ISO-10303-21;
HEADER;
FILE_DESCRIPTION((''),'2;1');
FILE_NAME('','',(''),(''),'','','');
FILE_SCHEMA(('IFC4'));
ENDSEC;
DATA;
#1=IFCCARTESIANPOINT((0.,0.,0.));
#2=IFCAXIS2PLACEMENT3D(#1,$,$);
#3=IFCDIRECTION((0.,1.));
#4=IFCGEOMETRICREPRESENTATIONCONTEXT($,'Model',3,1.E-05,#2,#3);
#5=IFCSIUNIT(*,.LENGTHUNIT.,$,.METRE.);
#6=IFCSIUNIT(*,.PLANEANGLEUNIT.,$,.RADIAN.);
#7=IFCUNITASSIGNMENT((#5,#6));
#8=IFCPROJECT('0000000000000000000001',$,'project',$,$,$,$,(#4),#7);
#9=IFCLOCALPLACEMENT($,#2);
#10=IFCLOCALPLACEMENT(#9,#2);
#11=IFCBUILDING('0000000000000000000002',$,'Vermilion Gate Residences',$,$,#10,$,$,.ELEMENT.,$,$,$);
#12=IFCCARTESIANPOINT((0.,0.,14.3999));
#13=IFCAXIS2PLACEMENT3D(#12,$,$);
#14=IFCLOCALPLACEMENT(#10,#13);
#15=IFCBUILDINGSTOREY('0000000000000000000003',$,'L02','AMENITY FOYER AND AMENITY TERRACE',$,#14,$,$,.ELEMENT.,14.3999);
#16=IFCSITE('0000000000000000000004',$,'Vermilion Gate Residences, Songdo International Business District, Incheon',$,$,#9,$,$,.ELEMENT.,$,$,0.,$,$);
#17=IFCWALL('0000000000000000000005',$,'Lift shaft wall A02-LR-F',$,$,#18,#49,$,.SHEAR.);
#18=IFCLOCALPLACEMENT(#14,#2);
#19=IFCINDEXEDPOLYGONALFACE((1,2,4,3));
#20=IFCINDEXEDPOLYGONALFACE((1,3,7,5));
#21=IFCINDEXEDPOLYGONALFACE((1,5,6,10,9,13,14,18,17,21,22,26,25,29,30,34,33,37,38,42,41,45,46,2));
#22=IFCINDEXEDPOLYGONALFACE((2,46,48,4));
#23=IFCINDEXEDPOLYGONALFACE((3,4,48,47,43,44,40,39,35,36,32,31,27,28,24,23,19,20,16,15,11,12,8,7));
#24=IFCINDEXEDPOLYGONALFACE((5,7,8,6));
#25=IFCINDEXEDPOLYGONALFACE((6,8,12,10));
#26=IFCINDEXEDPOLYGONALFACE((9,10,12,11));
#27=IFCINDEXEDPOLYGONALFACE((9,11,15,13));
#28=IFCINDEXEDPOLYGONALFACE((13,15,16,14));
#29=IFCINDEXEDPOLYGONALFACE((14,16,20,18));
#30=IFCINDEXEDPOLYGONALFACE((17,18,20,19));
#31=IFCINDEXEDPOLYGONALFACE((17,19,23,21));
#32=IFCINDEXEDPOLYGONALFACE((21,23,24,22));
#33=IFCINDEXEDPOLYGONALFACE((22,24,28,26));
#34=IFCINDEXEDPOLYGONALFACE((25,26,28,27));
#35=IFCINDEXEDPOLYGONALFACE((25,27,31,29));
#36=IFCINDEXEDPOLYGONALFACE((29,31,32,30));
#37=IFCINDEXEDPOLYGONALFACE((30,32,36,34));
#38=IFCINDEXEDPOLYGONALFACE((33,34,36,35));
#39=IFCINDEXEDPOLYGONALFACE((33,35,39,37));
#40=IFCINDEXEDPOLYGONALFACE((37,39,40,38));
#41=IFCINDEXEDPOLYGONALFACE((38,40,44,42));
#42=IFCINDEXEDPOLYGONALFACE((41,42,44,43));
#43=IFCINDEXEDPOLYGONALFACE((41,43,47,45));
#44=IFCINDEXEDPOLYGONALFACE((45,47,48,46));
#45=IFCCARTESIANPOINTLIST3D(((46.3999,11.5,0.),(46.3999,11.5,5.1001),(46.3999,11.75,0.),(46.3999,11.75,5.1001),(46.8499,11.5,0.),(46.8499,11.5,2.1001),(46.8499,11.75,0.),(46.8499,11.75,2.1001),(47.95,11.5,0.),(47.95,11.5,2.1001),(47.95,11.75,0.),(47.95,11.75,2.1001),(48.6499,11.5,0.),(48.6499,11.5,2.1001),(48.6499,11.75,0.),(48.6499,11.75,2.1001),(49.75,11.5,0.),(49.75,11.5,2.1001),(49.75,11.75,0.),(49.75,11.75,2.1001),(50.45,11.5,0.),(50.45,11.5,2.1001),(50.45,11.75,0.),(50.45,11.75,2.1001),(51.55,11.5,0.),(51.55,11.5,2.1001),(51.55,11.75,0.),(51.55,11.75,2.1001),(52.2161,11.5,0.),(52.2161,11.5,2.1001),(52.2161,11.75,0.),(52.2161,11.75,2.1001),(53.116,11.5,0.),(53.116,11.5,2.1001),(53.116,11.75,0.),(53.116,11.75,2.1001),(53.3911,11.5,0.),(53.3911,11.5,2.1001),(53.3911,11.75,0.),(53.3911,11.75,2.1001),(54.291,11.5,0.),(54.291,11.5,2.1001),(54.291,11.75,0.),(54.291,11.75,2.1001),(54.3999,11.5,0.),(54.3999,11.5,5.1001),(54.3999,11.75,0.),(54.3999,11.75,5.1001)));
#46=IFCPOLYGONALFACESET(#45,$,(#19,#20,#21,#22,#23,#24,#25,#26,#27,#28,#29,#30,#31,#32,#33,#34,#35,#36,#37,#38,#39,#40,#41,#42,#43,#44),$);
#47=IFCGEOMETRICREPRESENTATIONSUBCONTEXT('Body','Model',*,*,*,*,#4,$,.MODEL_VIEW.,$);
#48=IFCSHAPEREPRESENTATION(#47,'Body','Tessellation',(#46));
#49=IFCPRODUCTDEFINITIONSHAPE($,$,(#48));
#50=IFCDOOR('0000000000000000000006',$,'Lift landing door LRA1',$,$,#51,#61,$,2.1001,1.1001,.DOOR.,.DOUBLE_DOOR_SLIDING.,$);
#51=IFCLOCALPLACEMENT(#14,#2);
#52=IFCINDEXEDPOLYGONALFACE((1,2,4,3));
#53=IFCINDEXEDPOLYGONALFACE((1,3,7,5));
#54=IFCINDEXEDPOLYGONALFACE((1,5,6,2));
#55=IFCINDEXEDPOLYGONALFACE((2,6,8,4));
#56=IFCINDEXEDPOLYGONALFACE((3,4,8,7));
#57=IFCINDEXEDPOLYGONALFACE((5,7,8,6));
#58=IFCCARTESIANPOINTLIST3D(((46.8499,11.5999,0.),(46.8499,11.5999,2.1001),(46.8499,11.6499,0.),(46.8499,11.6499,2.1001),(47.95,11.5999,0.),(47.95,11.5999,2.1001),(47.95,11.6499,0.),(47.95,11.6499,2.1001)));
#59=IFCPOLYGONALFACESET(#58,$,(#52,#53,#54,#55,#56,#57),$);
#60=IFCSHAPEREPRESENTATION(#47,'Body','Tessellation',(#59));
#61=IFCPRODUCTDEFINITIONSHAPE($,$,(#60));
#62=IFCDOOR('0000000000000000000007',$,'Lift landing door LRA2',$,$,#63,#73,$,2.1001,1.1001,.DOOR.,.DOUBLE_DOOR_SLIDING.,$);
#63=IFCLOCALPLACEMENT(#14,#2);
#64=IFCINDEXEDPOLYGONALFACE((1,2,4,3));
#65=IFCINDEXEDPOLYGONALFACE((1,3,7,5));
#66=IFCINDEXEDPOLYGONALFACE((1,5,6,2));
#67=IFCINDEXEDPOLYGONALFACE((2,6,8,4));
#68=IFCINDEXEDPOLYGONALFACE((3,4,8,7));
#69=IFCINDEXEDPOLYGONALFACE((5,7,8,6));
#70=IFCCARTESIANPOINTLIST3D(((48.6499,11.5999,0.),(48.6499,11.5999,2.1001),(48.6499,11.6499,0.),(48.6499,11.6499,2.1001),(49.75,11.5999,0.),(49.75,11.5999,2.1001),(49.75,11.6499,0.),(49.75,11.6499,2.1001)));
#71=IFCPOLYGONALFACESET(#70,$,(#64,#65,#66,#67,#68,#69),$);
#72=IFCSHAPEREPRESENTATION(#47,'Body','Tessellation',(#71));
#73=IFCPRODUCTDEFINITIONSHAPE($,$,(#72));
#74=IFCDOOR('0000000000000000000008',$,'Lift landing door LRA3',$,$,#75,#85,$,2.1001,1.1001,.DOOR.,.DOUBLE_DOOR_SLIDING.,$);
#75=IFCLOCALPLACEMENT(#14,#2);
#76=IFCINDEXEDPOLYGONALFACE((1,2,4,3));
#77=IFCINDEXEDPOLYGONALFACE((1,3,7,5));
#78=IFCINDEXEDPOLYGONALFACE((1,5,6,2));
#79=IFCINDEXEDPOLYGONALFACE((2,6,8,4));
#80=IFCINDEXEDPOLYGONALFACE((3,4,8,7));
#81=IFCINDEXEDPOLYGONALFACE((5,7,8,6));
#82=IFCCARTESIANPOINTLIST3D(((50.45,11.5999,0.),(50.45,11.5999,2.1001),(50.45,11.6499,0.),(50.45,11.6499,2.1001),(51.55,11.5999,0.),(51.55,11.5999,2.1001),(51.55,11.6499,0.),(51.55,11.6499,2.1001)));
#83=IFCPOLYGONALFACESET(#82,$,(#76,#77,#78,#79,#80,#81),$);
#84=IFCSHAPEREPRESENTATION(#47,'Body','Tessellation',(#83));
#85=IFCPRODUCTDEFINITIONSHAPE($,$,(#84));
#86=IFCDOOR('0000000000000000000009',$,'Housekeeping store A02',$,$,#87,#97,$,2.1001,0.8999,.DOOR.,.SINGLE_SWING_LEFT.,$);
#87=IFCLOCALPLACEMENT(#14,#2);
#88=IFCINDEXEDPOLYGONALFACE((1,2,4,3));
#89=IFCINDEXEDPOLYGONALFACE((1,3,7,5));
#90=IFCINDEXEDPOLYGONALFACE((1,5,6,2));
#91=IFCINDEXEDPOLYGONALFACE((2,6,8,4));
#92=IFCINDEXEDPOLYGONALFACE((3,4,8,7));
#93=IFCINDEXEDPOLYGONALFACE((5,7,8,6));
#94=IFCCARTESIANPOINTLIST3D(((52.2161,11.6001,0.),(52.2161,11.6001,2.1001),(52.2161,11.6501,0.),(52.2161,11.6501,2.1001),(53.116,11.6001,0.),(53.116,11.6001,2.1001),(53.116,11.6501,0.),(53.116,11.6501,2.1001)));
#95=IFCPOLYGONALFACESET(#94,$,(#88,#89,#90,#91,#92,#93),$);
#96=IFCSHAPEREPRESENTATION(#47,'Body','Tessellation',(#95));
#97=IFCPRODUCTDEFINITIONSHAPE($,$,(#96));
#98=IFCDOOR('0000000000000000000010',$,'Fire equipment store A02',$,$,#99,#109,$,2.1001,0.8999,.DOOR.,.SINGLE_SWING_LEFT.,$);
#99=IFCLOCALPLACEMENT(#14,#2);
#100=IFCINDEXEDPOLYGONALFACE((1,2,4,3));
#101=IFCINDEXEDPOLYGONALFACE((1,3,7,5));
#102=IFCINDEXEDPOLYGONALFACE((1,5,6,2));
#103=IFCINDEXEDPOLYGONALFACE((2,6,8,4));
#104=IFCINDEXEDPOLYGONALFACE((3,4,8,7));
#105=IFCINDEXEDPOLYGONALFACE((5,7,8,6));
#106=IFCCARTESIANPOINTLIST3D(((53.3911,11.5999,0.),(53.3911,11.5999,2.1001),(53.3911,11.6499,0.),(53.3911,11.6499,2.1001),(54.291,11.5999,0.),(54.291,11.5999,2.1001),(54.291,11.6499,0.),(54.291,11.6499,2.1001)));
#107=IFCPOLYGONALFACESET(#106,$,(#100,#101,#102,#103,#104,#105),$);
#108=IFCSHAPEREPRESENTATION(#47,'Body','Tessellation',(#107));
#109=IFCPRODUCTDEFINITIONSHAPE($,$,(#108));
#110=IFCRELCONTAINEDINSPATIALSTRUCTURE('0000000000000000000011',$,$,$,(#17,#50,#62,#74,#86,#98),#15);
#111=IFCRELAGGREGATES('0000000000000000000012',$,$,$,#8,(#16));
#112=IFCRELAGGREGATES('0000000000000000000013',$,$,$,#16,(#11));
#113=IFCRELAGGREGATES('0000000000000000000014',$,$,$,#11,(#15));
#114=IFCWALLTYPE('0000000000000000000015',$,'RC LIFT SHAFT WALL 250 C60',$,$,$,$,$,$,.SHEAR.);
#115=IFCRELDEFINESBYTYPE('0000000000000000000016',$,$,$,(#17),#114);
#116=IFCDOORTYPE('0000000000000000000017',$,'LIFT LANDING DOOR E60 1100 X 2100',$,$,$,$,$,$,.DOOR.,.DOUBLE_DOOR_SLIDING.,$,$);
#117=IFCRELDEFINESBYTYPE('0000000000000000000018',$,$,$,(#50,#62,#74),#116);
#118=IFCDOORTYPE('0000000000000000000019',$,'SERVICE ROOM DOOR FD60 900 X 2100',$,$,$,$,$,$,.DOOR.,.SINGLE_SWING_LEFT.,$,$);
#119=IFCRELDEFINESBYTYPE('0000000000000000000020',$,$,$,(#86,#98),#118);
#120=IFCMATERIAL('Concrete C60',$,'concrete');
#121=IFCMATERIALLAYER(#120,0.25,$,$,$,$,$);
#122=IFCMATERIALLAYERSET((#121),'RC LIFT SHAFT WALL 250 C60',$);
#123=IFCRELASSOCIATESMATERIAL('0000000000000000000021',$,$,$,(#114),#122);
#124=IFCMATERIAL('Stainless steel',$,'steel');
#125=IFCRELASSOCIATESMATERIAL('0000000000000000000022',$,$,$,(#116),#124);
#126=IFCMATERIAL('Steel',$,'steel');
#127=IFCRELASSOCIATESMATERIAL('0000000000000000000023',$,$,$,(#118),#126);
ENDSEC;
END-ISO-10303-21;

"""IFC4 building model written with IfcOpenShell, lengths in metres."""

from ifc_helpers import new_model, si_unit, direction, frame, frame_2d, origin, place, context, subcontext, project, spatial, rectangle, extrude, material, layer, layer_set, type_object, element, fill, save


model = new_model("IFC4")

# Units and contexts
model_context = context("Model", 3, precision=1e-05, world=origin(), true_north=direction((0.0, 1.0)))
body_context = subcontext(model_context, "Body", "Model", "MODEL_VIEW")
ifc_project = project(units=[si_unit("LENGTHUNIT", "METRE"), si_unit("PLANEANGLEUNIT", "RADIAN")], contexts=[model_context])

# Site, building, storey
site_placement = place(None, origin())
site = spatial("IfcSite", under=ifc_project, at=site_placement, Name="Vermilion Gate Residences, Songdo International Business District, Incheon", CompositionType="ELEMENT", RefElevation=0.0)
building_placement = place(site_placement, origin())
building = spatial("IfcBuilding", under=site, at=building_placement, Name="Vermilion Gate Residences", CompositionType="ELEMENT")
storey_placement = place(building_placement, frame((0.0, 0.0, 14.3999)))
storey = spatial("IfcBuildingStorey", under=building, at=storey_placement, Name="L02", Description="AMENITY FOYER AND AMENITY TERRACE", CompositionType="ELEMENT", Elevation=14.3999)

# Wall, openings, doors
ifc_material_1 = material(Name="Concrete C60", Category="concrete")
ifc_layer_1 = layer(ifc_material_1, 0.25)
ifc_layer_set_1 = layer_set([ifc_layer_1], Name="RC LIFT SHAFT WALL 250 C60")
wall_type_1 = type_object("IfcWallType", Name="RC LIFT SHAFT WALL 250 C60", PredefinedType="SHEAR", material=ifc_layer_set_1)
wall_1_placement = place(storey_placement, frame((46.3999, 11.625, 0.0), z_axis=(0.0, 0.0, 1.0), x_axis=(1.0, 0.0, 0.0)))
wall_1 = element("IfcWall", 1, at=wall_1_placement, inside=storey, type_object=wall_type_1, Name="Lift shaft wall A02-LR-F", PredefinedType="SHEAR", context=body_context, shape_type="SweptSolid", body=[
    extrude(rectangle(XDim=8.0, YDim=0.25, at=frame_2d((4.0, 0.0))), origin(), (0.0, 0.0, 1.0), 5.1001),
])
opening_1_placement = place(wall_1_placement, frame((0.45, 0.0, 0.0)))
opening_1 = element("IfcOpeningElement", 2, at=opening_1_placement, cuts=wall_1, PredefinedType="OPENING", context=body_context, shape_type="SweptSolid", body=[
    extrude(rectangle(XDim=1.1001, YDim=2.1001, at=frame_2d((0.55, 1.05))), frame((0.0, 0.135, 0.0), z_axis=(0.0, -1.0, 0.0), x_axis=(1.0, 0.0, 0.0)), (0.0, 0.0, 1.0), 0.27),
])
opening_2_placement = place(wall_1_placement, frame((2.25, 0.0, 0.0)))
opening_2 = element("IfcOpeningElement", 3, at=opening_2_placement, cuts=wall_1, PredefinedType="OPENING", context=body_context, shape_type="SweptSolid", body=[
    extrude(rectangle(XDim=1.1001, YDim=2.1001, at=frame_2d((0.55, 1.05))), frame((0.0, 0.135, 0.0), z_axis=(0.0, -1.0, 0.0), x_axis=(1.0, 0.0, 0.0)), (0.0, 0.0, 1.0), 0.27),
])
opening_3_placement = place(wall_1_placement, frame((4.05, 0.0, 0.0)))
opening_3 = element("IfcOpeningElement", 4, at=opening_3_placement, cuts=wall_1, PredefinedType="OPENING", context=body_context, shape_type="SweptSolid", body=[
    extrude(rectangle(XDim=1.1001, YDim=2.1001, at=frame_2d((0.55, 1.05))), frame((0.0, 0.135, 0.0), z_axis=(0.0, -1.0, 0.0), x_axis=(1.0, 0.0, 0.0)), (0.0, 0.0, 1.0), 0.27),
])
opening_4_placement = place(wall_1_placement, frame((5.8162, 0.0, 0.0)))
opening_4 = element("IfcOpeningElement", 5, at=opening_4_placement, cuts=wall_1, PredefinedType="OPENING", context=body_context, shape_type="SweptSolid", body=[
    extrude(rectangle(XDim=0.8999, YDim=2.1001, at=frame_2d((0.45, 1.05))), frame((0.0, 0.135, 0.0), z_axis=(0.0, -1.0, 0.0), x_axis=(1.0, 0.0, 0.0)), (0.0, 0.0, 1.0), 0.27),
])
opening_5_placement = place(wall_1_placement, frame((6.9912, 0.0, 0.0)))
opening_5 = element("IfcOpeningElement", 6, at=opening_5_placement, cuts=wall_1, PredefinedType="OPENING", context=body_context, shape_type="SweptSolid", body=[
    extrude(rectangle(XDim=0.8999, YDim=2.1001, at=frame_2d((0.45, 1.05))), frame((0.0, 0.135, 0.0), z_axis=(0.0, -1.0, 0.0), x_axis=(1.0, 0.0, 0.0)), (0.0, 0.0, 1.0), 0.27),
])
ifc_material_2 = material(Name="Stainless steel", Category="steel")
door_type_1 = type_object("IfcDoorType", Name="LIFT LANDING DOOR E60 1100 X 2100", OperationType="DOUBLE_DOOR_SLIDING", PredefinedType="DOOR", material=ifc_material_2)
door_1_placement = place(opening_1_placement, origin())
door_1 = element("IfcDoor", 7, at=door_1_placement, inside=storey, type_object=door_type_1, Name="Lift landing door LRA1", OperationType="DOUBLE_DOOR_SLIDING", OverallHeight=2.1001, OverallWidth=1.1001, PredefinedType="DOOR", context=body_context, shape_type="SweptSolid", body=[
    extrude(rectangle(XDim=1.1001, YDim=2.1001, at=frame_2d((0.55, 1.05))), frame((0.0, 0.0249, 0.0), z_axis=(0.0, -1.0, 0.0), x_axis=(1.0, 0.0, 0.0)), (0.0, 0.0, 1.0), 0.05),
])
fill(opening_1, door_1)
door_2_placement = place(opening_2_placement, origin())
door_2 = element("IfcDoor", 8, at=door_2_placement, inside=storey, type_object=door_type_1, Name="Lift landing door LRA2", OperationType="DOUBLE_DOOR_SLIDING", OverallHeight=2.1001, OverallWidth=1.1001, PredefinedType="DOOR", context=body_context, shape_type="SweptSolid", body=[
    extrude(rectangle(XDim=1.1001, YDim=2.1001, at=frame_2d((0.55, 1.05))), frame((0.0, 0.0249, 0.0), z_axis=(0.0, -1.0, 0.0), x_axis=(1.0, 0.0, 0.0)), (0.0, 0.0, 1.0), 0.05),
])
fill(opening_2, door_2)
door_3_placement = place(opening_3_placement, origin())
door_3 = element("IfcDoor", 9, at=door_3_placement, inside=storey, type_object=door_type_1, Name="Lift landing door LRA3", OperationType="DOUBLE_DOOR_SLIDING", OverallHeight=2.1001, OverallWidth=1.1001, PredefinedType="DOOR", context=body_context, shape_type="SweptSolid", body=[
    extrude(rectangle(XDim=1.1001, YDim=2.1001, at=frame_2d((0.55, 1.05))), frame((0.0, 0.0249, 0.0), z_axis=(0.0, -1.0, 0.0), x_axis=(1.0, 0.0, 0.0)), (0.0, 0.0, 1.0), 0.05),
])
fill(opening_3, door_3)
ifc_material_3 = material(Name="Steel", Category="steel")
door_type_2 = type_object("IfcDoorType", Name="SERVICE ROOM DOOR FD60 900 X 2100", OperationType="SINGLE_SWING_LEFT", PredefinedType="DOOR", material=ifc_material_3)
door_4_placement = place(opening_4_placement, frame((0.8999, 0.0, 0.0), z_axis=(0.0, 0.0, 1.0), x_axis=(-1.0, 0.0, 0.0)))
door_4 = element("IfcDoor", 10, at=door_4_placement, inside=storey, type_object=door_type_2, Name="Housekeeping store A02", OperationType="SINGLE_SWING_LEFT", OverallHeight=2.1001, OverallWidth=0.8999, PredefinedType="DOOR", context=body_context, shape_type="SweptSolid", body=[
    extrude(rectangle(XDim=0.8999, YDim=2.1001, at=frame_2d((0.45, 1.05))), frame((0.0, 0.0249, 0.0), z_axis=(0.0, -1.0, 0.0), x_axis=(1.0, 0.0, 0.0)), (0.0, 0.0, 1.0), 0.05),
])
fill(opening_4, door_4)
door_5_placement = place(opening_5_placement, origin())
door_5 = element("IfcDoor", 11, at=door_5_placement, inside=storey, type_object=door_type_2, Name="Fire equipment store A02", OperationType="SINGLE_SWING_LEFT", OverallHeight=2.1001, OverallWidth=0.8999, PredefinedType="DOOR", context=body_context, shape_type="SweptSolid", body=[
    extrude(rectangle(XDim=0.8999, YDim=2.1001, at=frame_2d((0.45, 1.05))), frame((0.0, 0.0249, 0.0), z_axis=(0.0, -1.0, 0.0), x_axis=(1.0, 0.0, 0.0)), (0.0, 0.0, 1.0), 0.05),
])
fill(opening_5, door_5)

save(model, "model.ifc")
